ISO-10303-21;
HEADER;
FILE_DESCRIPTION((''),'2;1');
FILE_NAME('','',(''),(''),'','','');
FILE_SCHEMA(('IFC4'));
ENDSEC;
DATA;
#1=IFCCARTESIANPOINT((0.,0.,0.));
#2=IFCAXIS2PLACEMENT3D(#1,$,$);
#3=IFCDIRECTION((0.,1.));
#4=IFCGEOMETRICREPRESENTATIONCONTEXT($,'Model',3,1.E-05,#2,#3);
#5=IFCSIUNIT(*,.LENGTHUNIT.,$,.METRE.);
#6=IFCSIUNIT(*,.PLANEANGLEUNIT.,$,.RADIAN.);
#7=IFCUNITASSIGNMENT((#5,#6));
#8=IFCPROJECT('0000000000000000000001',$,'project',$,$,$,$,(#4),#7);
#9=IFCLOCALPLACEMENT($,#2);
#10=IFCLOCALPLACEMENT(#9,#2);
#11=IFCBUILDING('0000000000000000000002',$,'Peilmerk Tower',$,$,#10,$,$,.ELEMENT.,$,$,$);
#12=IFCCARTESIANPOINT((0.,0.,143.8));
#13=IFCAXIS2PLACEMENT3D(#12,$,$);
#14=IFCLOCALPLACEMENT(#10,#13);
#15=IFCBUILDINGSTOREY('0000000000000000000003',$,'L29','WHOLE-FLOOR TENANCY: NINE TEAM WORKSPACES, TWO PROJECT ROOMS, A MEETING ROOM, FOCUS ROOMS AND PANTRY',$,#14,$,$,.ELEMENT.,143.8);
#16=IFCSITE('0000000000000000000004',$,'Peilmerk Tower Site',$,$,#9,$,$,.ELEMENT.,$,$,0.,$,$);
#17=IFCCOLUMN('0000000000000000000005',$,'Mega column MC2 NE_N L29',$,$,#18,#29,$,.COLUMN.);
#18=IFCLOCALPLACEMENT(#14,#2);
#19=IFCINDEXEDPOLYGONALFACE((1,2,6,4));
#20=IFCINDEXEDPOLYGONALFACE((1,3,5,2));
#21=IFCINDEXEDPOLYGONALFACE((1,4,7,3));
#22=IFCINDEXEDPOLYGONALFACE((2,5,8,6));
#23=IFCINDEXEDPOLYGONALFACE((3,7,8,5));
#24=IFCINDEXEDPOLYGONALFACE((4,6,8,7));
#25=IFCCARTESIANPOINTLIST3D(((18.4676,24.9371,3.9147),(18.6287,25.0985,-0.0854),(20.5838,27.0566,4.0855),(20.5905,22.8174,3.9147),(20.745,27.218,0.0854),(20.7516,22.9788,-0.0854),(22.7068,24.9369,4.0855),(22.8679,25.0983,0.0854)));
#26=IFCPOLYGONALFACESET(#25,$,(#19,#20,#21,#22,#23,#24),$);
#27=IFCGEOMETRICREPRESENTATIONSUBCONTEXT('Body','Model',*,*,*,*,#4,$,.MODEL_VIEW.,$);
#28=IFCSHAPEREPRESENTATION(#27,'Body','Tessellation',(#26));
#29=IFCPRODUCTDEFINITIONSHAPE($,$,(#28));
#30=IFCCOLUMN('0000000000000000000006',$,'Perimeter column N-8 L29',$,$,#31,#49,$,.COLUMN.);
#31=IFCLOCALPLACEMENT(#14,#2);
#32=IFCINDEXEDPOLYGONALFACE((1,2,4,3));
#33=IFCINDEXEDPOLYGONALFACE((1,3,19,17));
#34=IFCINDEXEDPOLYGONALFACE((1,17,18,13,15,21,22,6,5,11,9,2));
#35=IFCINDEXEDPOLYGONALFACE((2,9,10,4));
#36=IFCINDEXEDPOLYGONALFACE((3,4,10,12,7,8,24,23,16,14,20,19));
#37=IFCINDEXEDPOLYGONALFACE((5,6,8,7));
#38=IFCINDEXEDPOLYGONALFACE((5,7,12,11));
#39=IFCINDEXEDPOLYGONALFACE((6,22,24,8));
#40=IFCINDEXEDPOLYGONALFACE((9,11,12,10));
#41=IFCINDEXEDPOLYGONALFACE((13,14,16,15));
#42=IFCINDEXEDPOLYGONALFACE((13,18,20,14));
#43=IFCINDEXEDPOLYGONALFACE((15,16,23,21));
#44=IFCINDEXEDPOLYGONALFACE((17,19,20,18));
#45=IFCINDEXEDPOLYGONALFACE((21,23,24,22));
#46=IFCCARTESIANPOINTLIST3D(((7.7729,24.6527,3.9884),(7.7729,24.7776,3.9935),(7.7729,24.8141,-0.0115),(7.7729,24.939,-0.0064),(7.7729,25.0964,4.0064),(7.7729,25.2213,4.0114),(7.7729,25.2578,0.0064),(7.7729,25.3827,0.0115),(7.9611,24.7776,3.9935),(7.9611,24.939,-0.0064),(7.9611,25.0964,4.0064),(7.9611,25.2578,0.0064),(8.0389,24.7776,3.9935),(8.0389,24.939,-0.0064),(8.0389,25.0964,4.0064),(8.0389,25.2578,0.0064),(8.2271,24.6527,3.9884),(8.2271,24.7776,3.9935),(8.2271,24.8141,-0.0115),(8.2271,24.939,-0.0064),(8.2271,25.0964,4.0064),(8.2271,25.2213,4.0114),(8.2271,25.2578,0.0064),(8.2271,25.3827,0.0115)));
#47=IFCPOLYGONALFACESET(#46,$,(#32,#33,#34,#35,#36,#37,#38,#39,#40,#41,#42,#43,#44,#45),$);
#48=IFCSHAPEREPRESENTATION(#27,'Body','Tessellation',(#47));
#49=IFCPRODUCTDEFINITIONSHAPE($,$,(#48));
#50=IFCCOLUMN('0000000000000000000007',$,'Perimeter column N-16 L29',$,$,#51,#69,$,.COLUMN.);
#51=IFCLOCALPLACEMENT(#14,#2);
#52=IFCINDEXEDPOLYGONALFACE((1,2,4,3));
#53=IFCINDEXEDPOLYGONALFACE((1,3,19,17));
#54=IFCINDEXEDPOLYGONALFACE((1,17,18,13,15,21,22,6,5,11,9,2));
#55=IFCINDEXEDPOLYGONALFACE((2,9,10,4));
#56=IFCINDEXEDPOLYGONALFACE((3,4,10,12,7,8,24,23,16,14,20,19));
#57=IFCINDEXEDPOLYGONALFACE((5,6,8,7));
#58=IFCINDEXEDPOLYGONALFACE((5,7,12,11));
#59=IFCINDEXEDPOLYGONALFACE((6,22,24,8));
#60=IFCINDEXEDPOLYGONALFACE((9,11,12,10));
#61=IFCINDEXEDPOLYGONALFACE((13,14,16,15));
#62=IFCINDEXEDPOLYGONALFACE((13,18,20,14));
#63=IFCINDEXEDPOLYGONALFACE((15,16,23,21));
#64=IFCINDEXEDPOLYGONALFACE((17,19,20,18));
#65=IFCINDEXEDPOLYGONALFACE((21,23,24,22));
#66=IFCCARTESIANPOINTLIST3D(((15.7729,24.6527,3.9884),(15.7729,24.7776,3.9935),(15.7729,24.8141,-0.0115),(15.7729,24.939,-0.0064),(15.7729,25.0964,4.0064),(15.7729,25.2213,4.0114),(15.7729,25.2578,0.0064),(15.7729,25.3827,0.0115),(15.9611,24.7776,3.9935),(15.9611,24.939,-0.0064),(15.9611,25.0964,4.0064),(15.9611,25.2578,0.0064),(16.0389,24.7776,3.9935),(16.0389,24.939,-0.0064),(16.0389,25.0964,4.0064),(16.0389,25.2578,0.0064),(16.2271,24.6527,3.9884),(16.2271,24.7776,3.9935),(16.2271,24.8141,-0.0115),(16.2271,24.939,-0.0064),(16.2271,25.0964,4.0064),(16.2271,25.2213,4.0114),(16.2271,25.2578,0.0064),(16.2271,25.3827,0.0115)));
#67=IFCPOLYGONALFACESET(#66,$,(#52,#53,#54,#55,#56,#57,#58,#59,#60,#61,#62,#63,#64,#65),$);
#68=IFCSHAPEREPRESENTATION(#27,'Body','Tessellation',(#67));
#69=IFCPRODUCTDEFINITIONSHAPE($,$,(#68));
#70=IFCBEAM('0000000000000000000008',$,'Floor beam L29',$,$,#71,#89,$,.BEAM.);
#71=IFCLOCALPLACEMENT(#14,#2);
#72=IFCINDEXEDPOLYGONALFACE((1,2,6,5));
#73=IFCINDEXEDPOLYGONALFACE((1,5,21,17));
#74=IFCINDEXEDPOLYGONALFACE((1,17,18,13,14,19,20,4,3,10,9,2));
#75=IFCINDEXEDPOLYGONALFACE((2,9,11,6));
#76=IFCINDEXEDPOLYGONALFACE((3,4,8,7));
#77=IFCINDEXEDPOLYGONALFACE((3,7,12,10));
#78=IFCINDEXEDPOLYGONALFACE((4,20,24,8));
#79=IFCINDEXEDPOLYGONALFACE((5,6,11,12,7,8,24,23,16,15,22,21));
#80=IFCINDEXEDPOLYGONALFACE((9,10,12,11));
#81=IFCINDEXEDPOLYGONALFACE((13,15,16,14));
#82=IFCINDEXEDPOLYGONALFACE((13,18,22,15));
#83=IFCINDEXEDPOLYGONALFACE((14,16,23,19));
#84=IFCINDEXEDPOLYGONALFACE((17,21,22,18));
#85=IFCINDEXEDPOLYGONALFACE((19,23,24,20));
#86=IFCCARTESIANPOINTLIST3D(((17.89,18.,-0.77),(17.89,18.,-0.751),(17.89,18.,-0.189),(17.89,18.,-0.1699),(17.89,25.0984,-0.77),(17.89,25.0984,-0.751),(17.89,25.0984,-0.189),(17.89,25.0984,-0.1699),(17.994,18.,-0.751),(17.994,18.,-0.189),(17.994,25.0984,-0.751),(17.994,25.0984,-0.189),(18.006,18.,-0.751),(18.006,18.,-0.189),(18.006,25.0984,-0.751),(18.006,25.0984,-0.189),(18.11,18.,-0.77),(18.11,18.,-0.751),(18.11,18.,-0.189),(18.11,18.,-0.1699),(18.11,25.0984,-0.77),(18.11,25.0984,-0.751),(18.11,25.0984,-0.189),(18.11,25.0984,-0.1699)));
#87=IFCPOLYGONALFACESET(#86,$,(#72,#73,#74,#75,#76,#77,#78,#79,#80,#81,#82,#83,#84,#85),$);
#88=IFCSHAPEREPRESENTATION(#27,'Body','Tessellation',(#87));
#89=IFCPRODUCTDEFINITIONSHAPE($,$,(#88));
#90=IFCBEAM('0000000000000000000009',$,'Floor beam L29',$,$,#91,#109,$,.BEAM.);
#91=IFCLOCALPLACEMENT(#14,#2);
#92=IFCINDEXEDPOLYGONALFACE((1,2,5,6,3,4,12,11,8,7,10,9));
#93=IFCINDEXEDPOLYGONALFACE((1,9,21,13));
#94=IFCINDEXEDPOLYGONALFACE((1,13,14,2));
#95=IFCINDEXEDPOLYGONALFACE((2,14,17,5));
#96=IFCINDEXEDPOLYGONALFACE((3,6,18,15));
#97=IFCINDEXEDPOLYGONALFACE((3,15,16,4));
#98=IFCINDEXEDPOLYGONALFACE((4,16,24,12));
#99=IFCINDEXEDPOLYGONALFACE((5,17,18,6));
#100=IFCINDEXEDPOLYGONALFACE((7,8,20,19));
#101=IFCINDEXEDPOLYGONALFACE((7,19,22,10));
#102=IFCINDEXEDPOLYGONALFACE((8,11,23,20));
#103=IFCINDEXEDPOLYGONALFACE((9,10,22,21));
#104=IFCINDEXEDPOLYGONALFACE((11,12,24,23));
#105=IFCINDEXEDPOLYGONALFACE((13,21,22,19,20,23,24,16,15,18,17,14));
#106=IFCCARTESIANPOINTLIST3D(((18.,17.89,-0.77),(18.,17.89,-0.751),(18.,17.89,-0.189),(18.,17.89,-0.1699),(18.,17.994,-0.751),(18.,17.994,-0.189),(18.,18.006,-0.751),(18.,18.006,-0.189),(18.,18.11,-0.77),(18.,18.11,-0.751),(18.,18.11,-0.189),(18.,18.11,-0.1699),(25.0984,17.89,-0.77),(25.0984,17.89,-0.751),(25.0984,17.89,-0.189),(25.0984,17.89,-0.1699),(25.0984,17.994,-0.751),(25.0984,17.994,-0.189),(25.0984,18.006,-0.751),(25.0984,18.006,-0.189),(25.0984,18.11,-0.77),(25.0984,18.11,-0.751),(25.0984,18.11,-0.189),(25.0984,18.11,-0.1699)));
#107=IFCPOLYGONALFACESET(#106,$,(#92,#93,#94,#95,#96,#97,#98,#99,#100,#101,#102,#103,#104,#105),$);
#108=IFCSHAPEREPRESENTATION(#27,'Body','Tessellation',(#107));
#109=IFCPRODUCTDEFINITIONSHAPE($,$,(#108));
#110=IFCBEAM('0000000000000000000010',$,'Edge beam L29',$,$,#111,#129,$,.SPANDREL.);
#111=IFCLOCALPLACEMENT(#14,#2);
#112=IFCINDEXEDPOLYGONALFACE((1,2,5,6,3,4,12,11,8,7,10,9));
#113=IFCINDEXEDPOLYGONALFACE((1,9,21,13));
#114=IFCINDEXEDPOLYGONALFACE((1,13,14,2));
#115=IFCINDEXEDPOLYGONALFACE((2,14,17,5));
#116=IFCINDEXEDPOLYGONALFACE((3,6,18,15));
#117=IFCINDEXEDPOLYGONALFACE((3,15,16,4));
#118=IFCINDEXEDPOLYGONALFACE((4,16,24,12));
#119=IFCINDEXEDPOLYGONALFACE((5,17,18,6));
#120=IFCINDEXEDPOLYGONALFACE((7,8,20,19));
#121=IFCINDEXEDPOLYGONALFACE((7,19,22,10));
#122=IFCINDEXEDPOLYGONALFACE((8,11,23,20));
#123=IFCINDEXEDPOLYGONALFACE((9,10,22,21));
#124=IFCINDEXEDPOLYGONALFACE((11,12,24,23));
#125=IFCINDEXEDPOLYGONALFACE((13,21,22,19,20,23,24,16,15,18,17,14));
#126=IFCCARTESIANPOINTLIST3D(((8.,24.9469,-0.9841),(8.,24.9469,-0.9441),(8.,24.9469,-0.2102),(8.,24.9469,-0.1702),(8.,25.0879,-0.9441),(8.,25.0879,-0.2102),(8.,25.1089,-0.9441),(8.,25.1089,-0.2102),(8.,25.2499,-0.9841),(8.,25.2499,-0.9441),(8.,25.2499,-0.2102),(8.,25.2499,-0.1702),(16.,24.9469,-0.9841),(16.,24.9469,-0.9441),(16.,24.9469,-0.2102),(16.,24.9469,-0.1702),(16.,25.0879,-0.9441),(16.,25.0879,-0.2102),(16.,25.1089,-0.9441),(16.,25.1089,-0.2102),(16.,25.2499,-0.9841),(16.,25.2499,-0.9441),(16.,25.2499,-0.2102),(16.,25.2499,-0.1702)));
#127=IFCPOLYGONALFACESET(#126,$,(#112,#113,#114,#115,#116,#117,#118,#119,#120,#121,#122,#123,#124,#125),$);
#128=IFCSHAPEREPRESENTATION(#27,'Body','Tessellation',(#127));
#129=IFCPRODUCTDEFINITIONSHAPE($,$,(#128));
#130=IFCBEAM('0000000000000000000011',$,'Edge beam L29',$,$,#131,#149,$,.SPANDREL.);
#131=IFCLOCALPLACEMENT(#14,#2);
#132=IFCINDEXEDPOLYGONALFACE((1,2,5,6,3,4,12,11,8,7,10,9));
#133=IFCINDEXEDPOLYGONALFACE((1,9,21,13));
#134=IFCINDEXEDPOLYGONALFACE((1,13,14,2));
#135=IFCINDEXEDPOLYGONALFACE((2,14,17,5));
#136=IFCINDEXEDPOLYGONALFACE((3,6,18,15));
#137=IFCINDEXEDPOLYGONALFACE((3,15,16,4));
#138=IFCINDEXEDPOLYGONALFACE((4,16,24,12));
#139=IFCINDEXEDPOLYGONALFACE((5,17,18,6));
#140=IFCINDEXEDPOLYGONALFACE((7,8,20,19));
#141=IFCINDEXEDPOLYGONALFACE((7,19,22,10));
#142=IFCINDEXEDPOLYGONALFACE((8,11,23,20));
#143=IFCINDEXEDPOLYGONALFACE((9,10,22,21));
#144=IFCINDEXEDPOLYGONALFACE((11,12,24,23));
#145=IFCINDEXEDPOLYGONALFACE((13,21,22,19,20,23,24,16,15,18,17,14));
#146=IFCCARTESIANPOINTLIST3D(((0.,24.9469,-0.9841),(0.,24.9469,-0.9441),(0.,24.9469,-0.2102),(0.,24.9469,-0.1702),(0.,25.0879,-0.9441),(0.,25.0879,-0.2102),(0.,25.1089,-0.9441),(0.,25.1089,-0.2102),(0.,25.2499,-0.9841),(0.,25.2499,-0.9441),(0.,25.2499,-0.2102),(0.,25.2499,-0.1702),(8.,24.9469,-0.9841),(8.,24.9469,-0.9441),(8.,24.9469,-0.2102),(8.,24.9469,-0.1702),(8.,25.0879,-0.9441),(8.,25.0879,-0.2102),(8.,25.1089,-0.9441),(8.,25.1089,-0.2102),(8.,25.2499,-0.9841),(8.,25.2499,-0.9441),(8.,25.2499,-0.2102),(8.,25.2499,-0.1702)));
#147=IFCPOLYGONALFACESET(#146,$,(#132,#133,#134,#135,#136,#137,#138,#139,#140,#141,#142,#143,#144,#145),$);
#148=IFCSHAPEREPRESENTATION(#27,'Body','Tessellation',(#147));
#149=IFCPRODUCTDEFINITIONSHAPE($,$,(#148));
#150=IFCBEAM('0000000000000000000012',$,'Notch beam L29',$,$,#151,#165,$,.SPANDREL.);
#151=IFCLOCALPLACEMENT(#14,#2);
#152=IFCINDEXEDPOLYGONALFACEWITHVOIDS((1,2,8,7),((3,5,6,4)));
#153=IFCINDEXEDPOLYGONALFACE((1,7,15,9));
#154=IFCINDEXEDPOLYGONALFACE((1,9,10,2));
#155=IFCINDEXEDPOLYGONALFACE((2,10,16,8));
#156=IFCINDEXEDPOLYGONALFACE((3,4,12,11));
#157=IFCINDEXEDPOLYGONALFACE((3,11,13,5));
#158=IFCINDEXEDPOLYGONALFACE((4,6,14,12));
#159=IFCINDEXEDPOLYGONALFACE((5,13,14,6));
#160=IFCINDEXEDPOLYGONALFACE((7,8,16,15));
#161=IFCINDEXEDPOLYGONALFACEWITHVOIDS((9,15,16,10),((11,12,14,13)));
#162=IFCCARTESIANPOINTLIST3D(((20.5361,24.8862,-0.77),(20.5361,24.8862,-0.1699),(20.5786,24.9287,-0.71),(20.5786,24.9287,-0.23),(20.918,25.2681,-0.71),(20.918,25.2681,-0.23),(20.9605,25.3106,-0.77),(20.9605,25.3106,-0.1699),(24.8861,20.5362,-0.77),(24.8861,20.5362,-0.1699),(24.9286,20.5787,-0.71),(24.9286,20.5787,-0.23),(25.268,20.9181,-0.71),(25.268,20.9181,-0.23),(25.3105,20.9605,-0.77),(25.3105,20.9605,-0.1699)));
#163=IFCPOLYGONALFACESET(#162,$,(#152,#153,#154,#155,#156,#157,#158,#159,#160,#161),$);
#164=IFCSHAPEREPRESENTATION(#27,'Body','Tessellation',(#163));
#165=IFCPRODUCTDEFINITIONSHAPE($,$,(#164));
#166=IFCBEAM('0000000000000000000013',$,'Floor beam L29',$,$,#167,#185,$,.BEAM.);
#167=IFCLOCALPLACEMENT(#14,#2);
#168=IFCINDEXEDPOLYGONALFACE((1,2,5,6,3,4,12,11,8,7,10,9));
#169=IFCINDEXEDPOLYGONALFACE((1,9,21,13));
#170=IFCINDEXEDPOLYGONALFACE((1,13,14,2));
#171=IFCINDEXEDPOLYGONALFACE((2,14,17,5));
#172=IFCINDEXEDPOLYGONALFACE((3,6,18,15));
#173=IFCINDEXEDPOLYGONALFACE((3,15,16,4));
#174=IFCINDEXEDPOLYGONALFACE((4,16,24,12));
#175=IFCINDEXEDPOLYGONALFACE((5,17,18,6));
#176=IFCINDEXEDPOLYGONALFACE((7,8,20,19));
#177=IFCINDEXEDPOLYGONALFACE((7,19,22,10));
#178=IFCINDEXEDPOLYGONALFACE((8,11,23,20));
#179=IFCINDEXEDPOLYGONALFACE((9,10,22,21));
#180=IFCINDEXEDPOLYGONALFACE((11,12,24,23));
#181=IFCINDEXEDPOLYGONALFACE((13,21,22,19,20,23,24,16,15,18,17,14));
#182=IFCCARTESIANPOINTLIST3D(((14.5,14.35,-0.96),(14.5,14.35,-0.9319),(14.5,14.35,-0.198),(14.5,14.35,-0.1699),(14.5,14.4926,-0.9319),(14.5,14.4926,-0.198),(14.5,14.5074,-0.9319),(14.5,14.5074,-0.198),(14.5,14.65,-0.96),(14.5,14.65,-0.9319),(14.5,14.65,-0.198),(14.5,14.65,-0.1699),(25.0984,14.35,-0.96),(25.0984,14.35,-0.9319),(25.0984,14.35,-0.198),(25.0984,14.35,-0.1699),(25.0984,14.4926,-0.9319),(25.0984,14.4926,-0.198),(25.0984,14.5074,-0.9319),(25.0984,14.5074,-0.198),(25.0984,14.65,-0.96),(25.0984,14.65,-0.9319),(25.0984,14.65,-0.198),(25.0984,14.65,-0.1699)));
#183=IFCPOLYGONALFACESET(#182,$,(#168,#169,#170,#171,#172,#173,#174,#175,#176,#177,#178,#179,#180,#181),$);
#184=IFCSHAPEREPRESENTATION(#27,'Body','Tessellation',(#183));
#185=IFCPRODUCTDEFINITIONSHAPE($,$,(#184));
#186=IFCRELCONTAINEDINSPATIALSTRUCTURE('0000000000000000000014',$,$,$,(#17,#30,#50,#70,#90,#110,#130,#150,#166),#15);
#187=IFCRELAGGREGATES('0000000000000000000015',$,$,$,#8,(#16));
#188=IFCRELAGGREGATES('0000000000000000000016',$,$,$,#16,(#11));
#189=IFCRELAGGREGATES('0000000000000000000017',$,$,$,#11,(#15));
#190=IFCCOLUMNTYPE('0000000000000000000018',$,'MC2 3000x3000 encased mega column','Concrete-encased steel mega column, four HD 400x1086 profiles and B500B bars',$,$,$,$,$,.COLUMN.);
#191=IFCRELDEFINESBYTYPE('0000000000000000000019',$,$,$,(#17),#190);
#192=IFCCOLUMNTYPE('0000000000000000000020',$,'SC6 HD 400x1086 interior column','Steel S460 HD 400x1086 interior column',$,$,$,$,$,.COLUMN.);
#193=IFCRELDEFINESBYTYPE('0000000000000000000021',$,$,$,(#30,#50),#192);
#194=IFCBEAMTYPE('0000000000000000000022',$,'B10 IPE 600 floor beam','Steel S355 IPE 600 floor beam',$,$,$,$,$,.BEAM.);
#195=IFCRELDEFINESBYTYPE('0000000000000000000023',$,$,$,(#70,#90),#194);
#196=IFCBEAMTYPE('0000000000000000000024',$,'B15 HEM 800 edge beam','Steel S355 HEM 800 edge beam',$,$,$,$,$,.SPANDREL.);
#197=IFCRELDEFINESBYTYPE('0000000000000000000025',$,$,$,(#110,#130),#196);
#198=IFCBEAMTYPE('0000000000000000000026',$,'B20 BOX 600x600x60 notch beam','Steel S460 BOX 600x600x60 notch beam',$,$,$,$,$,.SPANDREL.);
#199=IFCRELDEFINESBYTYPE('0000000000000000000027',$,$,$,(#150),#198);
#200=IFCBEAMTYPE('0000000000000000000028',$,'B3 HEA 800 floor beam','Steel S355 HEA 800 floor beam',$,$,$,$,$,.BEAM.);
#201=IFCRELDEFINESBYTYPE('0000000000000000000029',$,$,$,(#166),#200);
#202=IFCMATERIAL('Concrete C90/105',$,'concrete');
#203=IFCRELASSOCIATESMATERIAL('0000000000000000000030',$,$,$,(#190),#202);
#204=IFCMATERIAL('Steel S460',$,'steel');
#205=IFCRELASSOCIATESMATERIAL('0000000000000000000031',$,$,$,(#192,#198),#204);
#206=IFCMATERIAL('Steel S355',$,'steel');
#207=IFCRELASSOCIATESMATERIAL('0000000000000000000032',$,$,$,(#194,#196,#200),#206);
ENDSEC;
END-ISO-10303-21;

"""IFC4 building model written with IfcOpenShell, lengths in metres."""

from ifc_helpers import new_model, si_unit, direction, frame, origin, origin_2d, place, context, subcontext, project, spatial, rectangle, hollow_rectangle, i_section, extrude, material, material_profile, profile_set, type_object, element, save


model = new_model("IFC4")

# Units and contexts
model_context = context("Model", 3, precision=1e-05, world=origin(), true_north=direction((0.0, 1.0)))
body_context = subcontext(model_context, "Body", "Model", "MODEL_VIEW")
ifc_project = project(units=[si_unit("LENGTHUNIT", "METRE"), si_unit("PLANEANGLEUNIT", "RADIAN")], contexts=[model_context])

# Site, building, storey
site_placement = place(None, origin())
site = spatial("IfcSite", under=ifc_project, at=site_placement, Name="Peilmerk Tower Site", CompositionType="ELEMENT", RefElevation=0.0)
building_placement = place(site_placement, origin())
building = spatial("IfcBuilding", under=site, at=building_placement, Name="Peilmerk Tower", CompositionType="ELEMENT")
storey_placement = place(building_placement, frame((0.0, 0.0, 143.8)))
storey = spatial("IfcBuildingStorey", under=building, at=storey_placement, Name="L29", Description="WHOLE-FLOOR TENANCY: NINE TEAM WORKSPACES, TWO PROJECT ROOMS, A MEETING ROOM, FOCUS ROOMS AND PANTRY", CompositionType="ELEMENT", Elevation=143.8)

# Columns
ifc_material_1 = material(Name="Concrete C90/105", Category="concrete")
ifc_material_profile_1 = material_profile(ifc_material_1, rectangle(XDim=3.0, YDim=3.0, at=origin_2d()), Name="RC 3000x3000")
ifc_profile_set_1 = profile_set([ifc_material_profile_1], Name="Concrete C90/105")
column_type_1 = type_object("IfcColumnType", Name="MC2 3000x3000 encased mega column", Description="Concrete-encased steel mega column, four HD 400x1086 profiles and B500B bars", PredefinedType="COLUMN", material=ifc_profile_set_1)
column_placement = place(storey_placement, frame((20.7483, 25.0984, 0.0), z_axis=(-0.040218, -0.040279, 0.998379), x_axis=(0.707642, -0.706571, 0.0)))
element("IfcColumn", 1, at=column_placement, inside=storey, type_object=column_type_1, Name="Mega column MC2 NE_N L29", PredefinedType="COLUMN", context=body_context, shape_type="SweptSolid", body=[
    extrude(rectangle(XDim=3.0, YDim=3.0, at=origin_2d()), origin(), (0.0, 0.0, 1.0), 4.0066),
])
ifc_material_2 = material(Name="Steel S460", Category="steel")
ifc_material_profile_2 = material_profile(ifc_material_2, i_section(OverallWidth=0.4541, OverallDepth=0.5691, WebThickness=0.0779, FlangeThickness=0.125, at=origin_2d()), Name="HD 400x1086")
ifc_profile_set_2 = profile_set([ifc_material_profile_2], Name="Steel S460")
column_type_2 = type_object("IfcColumnType", Name="SC6 HD 400x1086 interior column", Description="Steel S460 HD 400x1086 interior column", PredefinedType="COLUMN", material=ifc_profile_set_2)
for number, where, z_axis, x_axis, name in (
    (2, (8.0, 25.0984, 0.0), (0.0, -0.040311, 0.999187), (1.0, 0.0, 0.0), "Perimeter column N-8 L29"),
    (3, (16.0, 25.0984, 0.0), (0.0, -0.040311, 0.999187), (1.0, 0.0, 0.0), "Perimeter column N-16 L29"),
):
    element("IfcColumn", number, at=place(storey_placement, frame(where, z_axis=z_axis, x_axis=x_axis)), inside=storey, type_object=column_type_2, Name=name, PredefinedType="COLUMN", context=body_context, shape_type="SweptSolid", body=[
        extrude(i_section(OverallWidth=0.4541, OverallDepth=0.5691, WebThickness=0.0779, FlangeThickness=0.125, at=origin_2d()), origin(), (0.0, 0.0, 1.0), 4.0032),
    ])

# Beams
ifc_material_3 = material(Name="Steel S355", Category="steel")
ifc_material_profile_3 = material_profile(ifc_material_3, i_section(OverallWidth=0.22, OverallDepth=0.6001, WebThickness=0.012, FlangeThickness=0.019, at=origin_2d()), Name="IPE 600")
ifc_profile_set_3 = profile_set([ifc_material_profile_3], Name="Steel S355")
beam_type_1 = type_object("IfcBeamType", Name="B10 IPE 600 floor beam", Description="Steel S355 IPE 600 floor beam", PredefinedType="BEAM", material=ifc_profile_set_3)
for number, where, z_axis, x_axis, name in (
    (4, (18.0, 18.0, -0.47), (0.0, 1.0, 0.0), (-1.0, 0.0, 0.0), "Floor beam L29"),
    (5, (18.0, 18.0, -0.47), (1.0, 0.0, 0.0), (0.0, 1.0, 0.0), "Floor beam L29"),
):
    element("IfcBeam", number, at=place(storey_placement, frame(where, z_axis=z_axis, x_axis=x_axis)), inside=storey, type_object=beam_type_1, Name=name, PredefinedType="BEAM", context=body_context, shape_type="SweptSolid", body=[
        extrude(i_section(OverallWidth=0.22, OverallDepth=0.6001, WebThickness=0.012, FlangeThickness=0.019, at=origin_2d()), origin(), (0.0, 0.0, 1.0), 7.0984),
    ])
ifc_material_profile_4 = material_profile(ifc_material_3, i_section(OverallWidth=0.303, OverallDepth=0.814, WebThickness=0.021, FlangeThickness=0.04, at=origin_2d()), Name="HEM 800")
ifc_profile_set_4 = profile_set([ifc_material_profile_4], Name="Steel S355")
beam_type_2 = type_object("IfcBeamType", Name="B15 HEM 800 edge beam", Description="Steel S355 HEM 800 edge beam", PredefinedType="SPANDREL", material=ifc_profile_set_4)
for number, where, z_axis, x_axis, name in (
    (6, (16.0, 25.0984, -0.5771), (-1.0, 0.0, 0.0), (0.0, -1.0, 0.0), "Edge beam L29"),
    (7, (8.0, 25.0984, -0.5771), (-1.0, 0.0, 0.0), (0.0, -1.0, 0.0), "Edge beam L29"),
):
    element("IfcBeam", number, at=place(storey_placement, frame(where, z_axis=z_axis, x_axis=x_axis)), inside=storey, type_object=beam_type_2, Name=name, PredefinedType="SPANDREL", context=body_context, shape_type="SweptSolid", body=[
        extrude(i_section(OverallWidth=0.303, OverallDepth=0.814, WebThickness=0.021, FlangeThickness=0.04, at=origin_2d()), origin(), (0.0, 0.0, 1.0), 8.0),
    ])
ifc_material_profile_5 = material_profile(ifc_material_2, hollow_rectangle(XDim=0.6001, YDim=0.6001, WallThickness=0.0601, at=origin_2d()), Name="BOX 600x600x60")
ifc_profile_set_5 = profile_set([ifc_material_profile_5], Name="Steel S460")
beam_type_3 = type_object("IfcBeamType", Name="B20 BOX 600x600x60 notch beam", Description="Steel S460 BOX 600x600x60 notch beam", PredefinedType="SPANDREL", material=ifc_profile_set_5)
beam_1_placement = place(storey_placement, frame((20.7483, 25.0984, -0.47), z_axis=(0.707107, -0.707107, 0.0), x_axis=(0.707107, 0.707107, 0.0)))
element("IfcBeam", 8, at=beam_1_placement, inside=storey, type_object=beam_type_3, Name="Notch beam L29", PredefinedType="SPANDREL", context=body_context, shape_type="SweptSolid", body=[
    extrude(hollow_rectangle(XDim=0.6001, YDim=0.6001, WallThickness=0.0601, at=origin_2d()), origin(), (0.0, 0.0, 1.0), 6.1519),
])
ifc_material_profile_6 = material_profile(ifc_material_3, i_section(OverallWidth=0.3, OverallDepth=0.79, WebThickness=0.0149, FlangeThickness=0.0281, at=origin_2d()), Name="HEA 800")
ifc_profile_set_6 = profile_set([ifc_material_profile_6], Name="Steel S355")
beam_type_4 = type_object("IfcBeamType", Name="B3 HEA 800 floor beam", Description="Steel S355 HEA 800 floor beam", PredefinedType="BEAM", material=ifc_profile_set_6)
beam_2_placement = place(storey_placement, frame((14.5, 14.5, -0.5649), z_axis=(1.0, 0.0, 0.0), x_axis=(0.0, 1.0, 0.0)))
element("IfcBeam", 9, at=beam_2_placement, inside=storey, type_object=beam_type_4, Name="Floor beam L29", PredefinedType="BEAM", context=body_context, shape_type="SweptSolid", body=[
    extrude(i_section(OverallWidth=0.3, OverallDepth=0.79, WebThickness=0.0149, FlangeThickness=0.0281, at=origin_2d()), origin(), (0.0, 0.0, 1.0), 10.5984),
])

save(model, "model.ifc")
